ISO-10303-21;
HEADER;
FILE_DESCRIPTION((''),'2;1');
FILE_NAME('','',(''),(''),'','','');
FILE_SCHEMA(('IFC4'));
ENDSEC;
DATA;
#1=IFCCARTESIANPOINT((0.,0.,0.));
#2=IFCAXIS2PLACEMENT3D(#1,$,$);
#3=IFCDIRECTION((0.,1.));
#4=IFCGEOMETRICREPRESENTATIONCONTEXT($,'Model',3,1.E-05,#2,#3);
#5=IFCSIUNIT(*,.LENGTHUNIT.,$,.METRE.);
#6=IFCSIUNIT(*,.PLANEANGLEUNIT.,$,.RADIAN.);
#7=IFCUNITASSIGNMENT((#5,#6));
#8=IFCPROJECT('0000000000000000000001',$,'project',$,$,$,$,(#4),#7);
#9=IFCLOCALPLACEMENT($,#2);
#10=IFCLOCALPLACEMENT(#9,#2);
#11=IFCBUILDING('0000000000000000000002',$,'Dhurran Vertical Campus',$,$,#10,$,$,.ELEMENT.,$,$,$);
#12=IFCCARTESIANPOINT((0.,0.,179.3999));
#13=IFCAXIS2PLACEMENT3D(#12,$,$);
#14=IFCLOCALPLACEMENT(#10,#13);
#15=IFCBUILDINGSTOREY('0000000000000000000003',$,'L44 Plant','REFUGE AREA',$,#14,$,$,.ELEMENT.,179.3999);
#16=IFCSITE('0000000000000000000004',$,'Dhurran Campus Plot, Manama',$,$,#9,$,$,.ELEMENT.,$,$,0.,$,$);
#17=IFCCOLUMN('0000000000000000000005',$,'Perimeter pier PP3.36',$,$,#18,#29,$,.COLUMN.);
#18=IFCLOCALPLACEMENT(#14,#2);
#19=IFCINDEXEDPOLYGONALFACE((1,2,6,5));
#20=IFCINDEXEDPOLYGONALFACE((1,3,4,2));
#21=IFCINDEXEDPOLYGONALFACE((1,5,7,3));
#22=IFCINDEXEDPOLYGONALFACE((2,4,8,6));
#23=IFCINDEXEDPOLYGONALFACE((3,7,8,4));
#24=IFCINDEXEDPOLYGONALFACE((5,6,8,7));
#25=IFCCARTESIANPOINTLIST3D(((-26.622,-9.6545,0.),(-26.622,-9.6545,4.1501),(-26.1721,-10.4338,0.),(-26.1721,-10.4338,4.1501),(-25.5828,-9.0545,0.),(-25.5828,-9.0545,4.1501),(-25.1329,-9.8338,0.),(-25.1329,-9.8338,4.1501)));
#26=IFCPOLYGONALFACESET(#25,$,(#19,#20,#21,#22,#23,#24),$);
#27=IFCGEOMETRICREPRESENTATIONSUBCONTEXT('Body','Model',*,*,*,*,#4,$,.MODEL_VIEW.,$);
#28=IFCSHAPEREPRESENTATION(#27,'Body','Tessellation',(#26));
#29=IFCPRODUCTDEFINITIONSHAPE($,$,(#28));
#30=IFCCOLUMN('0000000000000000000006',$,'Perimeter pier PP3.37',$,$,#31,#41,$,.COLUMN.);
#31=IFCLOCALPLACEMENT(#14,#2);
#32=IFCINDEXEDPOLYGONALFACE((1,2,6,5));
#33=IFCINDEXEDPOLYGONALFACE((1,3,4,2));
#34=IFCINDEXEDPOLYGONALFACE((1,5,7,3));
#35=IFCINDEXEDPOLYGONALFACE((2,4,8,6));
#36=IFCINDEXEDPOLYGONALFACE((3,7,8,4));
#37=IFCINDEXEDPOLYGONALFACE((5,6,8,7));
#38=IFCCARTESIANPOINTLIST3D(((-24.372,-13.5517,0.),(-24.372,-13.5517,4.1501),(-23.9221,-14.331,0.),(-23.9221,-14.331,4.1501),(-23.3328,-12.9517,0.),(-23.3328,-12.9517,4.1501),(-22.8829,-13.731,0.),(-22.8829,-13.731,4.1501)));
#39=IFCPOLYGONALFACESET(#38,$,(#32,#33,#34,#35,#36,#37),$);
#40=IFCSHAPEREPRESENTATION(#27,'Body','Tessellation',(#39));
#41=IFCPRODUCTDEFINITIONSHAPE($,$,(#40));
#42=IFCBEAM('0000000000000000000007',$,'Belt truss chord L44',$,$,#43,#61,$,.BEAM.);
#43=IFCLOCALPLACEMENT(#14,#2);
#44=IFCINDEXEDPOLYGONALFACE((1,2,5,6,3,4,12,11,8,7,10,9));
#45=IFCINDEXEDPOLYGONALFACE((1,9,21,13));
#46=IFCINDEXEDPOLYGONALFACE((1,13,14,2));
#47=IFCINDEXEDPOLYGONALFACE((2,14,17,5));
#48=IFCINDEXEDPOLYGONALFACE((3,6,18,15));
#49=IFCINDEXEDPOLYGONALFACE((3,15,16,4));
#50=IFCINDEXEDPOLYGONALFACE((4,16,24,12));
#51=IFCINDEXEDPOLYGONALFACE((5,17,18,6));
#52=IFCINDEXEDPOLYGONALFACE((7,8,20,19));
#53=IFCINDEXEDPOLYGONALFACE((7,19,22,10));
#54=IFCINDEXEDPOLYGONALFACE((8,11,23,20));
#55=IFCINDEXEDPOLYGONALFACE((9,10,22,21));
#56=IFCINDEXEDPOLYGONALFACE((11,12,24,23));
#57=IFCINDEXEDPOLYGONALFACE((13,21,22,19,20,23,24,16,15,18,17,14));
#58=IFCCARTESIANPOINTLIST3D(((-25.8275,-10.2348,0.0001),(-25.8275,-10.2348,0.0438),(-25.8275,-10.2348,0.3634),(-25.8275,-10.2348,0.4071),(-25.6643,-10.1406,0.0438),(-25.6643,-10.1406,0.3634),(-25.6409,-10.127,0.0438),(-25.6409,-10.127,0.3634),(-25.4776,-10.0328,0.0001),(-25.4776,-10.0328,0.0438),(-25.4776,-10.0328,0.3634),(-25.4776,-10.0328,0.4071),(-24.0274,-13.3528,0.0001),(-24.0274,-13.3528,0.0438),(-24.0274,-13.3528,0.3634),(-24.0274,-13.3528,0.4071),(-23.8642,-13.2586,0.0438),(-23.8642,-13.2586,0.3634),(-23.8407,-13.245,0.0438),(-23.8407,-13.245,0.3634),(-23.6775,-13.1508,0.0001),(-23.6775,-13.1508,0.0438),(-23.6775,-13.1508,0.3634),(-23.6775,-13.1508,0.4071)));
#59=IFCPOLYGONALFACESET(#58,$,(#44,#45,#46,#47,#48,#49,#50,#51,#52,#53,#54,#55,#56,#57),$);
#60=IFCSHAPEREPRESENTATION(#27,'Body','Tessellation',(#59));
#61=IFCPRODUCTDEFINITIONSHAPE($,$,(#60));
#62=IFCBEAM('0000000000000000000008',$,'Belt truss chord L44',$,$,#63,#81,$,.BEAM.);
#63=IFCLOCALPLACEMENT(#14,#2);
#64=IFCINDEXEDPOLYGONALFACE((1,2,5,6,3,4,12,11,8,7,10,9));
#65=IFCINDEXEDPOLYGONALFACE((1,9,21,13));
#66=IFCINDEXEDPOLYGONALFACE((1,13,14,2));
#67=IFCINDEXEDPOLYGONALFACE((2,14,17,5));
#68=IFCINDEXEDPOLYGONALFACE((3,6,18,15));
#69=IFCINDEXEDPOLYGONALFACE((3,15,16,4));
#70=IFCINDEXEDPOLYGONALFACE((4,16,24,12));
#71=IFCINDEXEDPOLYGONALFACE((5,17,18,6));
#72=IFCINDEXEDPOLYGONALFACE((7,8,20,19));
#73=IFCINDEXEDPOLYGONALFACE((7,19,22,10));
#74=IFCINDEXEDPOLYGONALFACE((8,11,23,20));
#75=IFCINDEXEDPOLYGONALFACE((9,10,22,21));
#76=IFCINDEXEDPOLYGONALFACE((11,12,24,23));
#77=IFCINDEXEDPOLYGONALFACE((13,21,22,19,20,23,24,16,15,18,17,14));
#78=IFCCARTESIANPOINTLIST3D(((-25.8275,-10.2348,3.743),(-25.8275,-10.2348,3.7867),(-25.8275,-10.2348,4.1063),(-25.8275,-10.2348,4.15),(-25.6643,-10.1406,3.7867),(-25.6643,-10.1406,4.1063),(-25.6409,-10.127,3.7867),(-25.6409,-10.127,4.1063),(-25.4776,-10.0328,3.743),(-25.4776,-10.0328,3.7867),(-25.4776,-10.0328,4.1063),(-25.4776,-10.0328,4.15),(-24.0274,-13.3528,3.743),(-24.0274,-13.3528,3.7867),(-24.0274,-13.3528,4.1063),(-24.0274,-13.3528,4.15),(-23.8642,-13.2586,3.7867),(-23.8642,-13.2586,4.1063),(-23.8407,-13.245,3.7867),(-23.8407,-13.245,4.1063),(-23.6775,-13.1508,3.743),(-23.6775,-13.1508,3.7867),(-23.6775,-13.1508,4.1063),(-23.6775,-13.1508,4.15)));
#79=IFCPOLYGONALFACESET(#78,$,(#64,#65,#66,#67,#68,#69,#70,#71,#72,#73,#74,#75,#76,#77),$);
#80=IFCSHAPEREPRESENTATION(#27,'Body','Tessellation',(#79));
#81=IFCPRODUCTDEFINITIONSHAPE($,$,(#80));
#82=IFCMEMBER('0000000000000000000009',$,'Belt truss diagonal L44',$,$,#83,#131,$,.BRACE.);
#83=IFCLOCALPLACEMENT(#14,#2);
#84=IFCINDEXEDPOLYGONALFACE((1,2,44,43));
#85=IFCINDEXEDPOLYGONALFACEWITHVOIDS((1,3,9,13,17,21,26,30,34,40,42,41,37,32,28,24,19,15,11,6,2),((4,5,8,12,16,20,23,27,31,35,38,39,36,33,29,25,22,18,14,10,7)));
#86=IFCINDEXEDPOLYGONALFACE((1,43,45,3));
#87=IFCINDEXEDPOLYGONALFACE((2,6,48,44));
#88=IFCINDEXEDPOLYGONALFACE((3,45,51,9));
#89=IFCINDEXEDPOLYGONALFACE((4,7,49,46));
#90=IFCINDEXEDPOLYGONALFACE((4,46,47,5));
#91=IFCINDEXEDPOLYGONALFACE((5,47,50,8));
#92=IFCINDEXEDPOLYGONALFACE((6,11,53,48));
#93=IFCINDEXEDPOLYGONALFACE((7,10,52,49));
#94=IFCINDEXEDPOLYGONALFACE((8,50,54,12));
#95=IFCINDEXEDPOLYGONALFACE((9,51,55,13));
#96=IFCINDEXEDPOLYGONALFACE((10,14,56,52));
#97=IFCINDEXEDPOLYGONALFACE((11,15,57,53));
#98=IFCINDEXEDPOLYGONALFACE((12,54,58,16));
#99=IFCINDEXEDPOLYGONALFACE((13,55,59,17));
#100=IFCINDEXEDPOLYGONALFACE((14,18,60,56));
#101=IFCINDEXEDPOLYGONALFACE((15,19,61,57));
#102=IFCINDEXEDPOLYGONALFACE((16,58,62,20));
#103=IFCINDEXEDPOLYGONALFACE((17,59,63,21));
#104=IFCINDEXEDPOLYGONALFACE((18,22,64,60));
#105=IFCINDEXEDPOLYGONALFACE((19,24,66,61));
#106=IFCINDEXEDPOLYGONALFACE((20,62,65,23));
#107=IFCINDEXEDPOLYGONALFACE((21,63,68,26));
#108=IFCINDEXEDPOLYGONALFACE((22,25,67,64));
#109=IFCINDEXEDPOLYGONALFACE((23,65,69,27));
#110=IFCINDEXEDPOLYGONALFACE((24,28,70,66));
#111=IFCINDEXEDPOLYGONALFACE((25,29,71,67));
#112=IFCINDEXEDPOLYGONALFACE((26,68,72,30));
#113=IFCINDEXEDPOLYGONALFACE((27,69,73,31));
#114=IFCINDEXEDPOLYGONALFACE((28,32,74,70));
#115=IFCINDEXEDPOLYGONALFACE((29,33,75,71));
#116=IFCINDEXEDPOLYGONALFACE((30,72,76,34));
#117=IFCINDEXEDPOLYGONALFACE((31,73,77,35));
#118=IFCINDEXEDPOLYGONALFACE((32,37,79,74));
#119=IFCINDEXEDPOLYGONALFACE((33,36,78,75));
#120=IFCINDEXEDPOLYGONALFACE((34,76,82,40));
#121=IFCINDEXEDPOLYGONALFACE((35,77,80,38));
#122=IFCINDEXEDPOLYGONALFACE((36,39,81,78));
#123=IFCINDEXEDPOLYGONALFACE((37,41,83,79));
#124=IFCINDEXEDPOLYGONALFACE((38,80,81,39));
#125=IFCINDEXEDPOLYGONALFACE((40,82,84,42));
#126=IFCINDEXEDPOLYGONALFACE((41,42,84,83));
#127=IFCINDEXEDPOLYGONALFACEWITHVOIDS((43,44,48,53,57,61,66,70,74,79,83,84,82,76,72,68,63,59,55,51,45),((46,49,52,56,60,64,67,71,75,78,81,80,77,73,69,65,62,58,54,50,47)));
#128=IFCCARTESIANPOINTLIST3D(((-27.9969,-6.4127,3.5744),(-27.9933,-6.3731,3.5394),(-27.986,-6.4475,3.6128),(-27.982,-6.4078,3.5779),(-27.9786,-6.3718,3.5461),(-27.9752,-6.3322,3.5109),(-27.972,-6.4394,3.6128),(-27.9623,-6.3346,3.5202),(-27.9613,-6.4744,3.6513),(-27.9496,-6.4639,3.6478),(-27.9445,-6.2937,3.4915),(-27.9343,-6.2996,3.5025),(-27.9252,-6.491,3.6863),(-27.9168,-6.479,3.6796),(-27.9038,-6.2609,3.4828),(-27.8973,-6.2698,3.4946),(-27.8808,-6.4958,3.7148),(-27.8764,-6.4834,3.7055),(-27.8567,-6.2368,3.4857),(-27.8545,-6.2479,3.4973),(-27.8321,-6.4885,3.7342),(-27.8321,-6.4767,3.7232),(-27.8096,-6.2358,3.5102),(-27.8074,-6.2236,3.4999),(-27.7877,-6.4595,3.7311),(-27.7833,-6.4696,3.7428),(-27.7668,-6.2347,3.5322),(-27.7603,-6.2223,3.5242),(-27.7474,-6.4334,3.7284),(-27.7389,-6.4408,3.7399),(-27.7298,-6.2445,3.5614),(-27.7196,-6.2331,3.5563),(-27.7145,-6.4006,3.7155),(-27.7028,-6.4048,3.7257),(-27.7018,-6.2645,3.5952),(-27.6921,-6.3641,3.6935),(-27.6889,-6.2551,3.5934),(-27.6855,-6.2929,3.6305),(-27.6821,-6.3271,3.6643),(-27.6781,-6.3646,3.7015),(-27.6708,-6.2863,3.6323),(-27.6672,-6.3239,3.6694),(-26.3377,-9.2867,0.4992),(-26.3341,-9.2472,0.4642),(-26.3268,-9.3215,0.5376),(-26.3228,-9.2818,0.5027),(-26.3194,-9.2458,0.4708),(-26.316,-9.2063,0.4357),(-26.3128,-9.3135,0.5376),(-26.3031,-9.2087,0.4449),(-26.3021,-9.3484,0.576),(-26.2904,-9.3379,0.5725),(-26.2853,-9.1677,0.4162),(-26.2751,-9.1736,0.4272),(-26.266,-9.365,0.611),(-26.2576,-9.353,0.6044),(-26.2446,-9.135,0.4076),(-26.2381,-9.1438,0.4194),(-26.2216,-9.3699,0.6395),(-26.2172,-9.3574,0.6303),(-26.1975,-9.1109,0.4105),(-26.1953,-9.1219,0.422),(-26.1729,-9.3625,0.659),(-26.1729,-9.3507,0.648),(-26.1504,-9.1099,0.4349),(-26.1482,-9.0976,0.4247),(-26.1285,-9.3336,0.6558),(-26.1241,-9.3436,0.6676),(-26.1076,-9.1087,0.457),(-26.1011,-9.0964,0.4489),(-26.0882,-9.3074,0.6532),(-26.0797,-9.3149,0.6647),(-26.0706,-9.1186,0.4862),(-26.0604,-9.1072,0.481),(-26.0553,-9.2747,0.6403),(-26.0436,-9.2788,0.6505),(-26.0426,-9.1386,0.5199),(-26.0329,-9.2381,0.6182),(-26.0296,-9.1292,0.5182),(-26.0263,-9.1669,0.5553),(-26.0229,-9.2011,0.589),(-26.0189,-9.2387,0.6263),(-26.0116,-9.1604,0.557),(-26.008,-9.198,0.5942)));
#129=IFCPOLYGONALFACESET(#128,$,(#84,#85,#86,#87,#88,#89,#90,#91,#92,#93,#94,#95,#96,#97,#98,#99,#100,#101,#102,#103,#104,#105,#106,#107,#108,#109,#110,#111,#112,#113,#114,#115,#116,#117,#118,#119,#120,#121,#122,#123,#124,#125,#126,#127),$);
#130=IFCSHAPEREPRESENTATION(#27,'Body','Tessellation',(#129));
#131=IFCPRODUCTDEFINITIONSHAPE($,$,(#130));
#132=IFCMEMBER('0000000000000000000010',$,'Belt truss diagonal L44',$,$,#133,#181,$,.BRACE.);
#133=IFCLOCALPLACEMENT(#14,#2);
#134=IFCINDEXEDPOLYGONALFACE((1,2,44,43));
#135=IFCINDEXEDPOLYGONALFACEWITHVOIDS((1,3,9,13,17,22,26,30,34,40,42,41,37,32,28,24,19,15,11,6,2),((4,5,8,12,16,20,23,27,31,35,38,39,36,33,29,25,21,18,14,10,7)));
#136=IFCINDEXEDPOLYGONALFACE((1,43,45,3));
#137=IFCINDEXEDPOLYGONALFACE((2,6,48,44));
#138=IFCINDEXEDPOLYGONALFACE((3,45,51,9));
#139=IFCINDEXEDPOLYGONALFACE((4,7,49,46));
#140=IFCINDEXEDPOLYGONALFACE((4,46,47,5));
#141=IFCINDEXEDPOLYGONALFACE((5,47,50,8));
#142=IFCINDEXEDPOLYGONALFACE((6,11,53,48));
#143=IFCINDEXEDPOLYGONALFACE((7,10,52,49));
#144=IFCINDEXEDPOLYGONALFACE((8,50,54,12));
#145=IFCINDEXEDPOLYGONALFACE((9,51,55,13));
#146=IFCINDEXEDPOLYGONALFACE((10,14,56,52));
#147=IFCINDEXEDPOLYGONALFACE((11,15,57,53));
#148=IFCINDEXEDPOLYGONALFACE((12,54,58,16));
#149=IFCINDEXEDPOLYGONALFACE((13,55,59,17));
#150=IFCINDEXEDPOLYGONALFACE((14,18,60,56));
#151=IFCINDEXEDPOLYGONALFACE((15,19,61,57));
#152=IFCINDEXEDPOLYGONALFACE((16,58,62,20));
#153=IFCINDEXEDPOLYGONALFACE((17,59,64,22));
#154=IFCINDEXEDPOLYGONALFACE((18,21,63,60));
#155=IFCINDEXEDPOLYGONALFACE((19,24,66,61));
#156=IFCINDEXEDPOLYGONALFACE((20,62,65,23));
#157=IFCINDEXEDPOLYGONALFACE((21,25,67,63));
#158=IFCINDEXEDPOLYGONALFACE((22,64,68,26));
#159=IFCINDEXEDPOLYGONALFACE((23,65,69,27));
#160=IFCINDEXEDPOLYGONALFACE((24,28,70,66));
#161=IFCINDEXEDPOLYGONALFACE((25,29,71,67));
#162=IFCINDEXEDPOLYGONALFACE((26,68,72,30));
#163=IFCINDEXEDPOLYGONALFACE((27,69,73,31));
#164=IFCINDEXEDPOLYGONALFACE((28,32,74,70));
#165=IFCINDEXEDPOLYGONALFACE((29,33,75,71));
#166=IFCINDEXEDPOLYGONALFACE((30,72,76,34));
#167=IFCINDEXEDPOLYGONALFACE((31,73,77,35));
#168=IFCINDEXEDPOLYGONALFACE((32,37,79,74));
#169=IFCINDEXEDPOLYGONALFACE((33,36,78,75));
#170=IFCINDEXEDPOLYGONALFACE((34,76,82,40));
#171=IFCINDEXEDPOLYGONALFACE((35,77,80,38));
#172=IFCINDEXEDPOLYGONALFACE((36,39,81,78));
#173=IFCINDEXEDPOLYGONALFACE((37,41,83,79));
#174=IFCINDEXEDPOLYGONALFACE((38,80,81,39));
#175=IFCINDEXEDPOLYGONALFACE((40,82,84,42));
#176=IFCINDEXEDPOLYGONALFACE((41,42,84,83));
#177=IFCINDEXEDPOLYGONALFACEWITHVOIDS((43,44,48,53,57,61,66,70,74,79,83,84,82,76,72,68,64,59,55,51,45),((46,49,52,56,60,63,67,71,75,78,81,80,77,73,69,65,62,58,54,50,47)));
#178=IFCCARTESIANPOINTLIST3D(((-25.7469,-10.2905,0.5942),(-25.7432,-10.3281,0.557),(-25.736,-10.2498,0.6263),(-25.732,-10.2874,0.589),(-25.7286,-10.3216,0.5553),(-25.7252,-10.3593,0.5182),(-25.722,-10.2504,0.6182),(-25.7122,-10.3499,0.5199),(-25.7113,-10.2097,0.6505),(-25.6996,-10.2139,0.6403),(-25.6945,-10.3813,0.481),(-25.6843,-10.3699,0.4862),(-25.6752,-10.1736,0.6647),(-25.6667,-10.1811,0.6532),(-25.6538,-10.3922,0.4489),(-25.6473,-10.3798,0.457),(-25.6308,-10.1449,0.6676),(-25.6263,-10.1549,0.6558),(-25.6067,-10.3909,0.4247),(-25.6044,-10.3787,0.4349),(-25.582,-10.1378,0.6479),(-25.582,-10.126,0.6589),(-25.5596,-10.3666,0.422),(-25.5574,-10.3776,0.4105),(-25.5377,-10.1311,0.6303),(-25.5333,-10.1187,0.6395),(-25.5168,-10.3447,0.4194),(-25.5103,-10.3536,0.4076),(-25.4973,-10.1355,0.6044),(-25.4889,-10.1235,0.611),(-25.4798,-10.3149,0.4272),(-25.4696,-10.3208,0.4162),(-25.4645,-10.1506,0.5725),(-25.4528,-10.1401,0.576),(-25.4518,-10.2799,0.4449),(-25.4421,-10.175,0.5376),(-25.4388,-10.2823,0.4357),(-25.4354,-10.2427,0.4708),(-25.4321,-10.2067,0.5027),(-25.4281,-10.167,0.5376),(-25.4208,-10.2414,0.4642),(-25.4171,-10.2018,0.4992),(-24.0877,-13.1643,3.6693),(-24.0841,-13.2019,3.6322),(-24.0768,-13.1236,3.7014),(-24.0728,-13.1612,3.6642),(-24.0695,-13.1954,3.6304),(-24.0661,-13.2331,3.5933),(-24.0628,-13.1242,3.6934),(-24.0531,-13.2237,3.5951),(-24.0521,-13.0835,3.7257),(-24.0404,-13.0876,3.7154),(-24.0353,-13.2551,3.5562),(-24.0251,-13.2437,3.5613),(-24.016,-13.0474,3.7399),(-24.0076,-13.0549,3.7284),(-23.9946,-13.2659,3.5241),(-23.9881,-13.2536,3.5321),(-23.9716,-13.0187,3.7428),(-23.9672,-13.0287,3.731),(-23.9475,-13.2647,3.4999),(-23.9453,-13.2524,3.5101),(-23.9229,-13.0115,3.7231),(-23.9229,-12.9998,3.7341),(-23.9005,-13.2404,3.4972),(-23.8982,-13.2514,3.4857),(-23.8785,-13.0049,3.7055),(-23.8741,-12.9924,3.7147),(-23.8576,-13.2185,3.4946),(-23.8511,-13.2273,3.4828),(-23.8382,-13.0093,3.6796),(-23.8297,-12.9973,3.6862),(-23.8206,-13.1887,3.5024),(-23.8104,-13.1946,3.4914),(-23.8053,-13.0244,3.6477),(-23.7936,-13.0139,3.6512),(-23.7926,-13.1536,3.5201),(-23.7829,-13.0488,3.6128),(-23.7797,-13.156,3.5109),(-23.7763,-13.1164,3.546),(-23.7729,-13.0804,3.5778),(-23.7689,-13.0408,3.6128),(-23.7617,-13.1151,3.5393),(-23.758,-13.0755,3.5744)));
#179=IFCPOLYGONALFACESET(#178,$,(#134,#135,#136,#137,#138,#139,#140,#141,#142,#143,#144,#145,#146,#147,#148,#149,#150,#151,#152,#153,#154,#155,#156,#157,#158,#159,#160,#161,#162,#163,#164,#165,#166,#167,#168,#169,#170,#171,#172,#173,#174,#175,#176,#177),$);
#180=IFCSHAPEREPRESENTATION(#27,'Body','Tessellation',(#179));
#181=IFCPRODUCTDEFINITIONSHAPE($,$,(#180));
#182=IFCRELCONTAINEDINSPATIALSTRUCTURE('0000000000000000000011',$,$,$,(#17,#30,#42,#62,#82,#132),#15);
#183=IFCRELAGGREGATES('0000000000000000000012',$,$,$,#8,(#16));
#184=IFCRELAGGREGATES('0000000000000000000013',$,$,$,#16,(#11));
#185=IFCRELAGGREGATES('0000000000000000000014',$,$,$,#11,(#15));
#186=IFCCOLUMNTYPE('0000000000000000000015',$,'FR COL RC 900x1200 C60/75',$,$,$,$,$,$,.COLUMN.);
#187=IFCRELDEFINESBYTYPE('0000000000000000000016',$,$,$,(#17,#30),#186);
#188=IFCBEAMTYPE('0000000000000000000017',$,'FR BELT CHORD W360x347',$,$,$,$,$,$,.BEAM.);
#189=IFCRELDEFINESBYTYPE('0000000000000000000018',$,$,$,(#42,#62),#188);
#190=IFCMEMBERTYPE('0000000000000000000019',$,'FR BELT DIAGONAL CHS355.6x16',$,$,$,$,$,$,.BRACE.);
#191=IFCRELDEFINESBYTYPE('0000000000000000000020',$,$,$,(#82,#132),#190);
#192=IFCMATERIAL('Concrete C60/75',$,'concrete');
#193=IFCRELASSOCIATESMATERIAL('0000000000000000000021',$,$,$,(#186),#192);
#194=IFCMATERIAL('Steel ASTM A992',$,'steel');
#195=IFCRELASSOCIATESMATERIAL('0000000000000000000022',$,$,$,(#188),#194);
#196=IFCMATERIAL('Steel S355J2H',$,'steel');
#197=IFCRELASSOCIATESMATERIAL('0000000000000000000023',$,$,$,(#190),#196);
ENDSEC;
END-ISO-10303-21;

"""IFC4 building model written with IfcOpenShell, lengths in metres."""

from ifc_helpers import new_model, si_unit, direction, frame, origin, origin_2d, place, context, subcontext, project, spatial, rectangle, hollow_circle, i_section, extrude, material, material_profile, profile_set, type_object, element, save


model = new_model("IFC4")

# Units and contexts
model_context = context("Model", 3, precision=1e-05, world=origin(), true_north=direction((0.0, 1.0)))
body_context = subcontext(model_context, "Body", "Model", "MODEL_VIEW")
ifc_project = project(units=[si_unit("LENGTHUNIT", "METRE"), si_unit("PLANEANGLEUNIT", "RADIAN")], contexts=[model_context])

# Site, building, storey
site_placement = place(None, origin())
site = spatial("IfcSite", under=ifc_project, at=site_placement, Name="Dhurran Campus Plot, Manama", CompositionType="ELEMENT", RefElevation=0.0)
building_placement = place(site_placement, origin())
building = spatial("IfcBuilding", under=site, at=building_placement, Name="Dhurran Vertical Campus", CompositionType="ELEMENT")
storey_placement = place(building_placement, frame((0.0, 0.0, 179.3999)))
storey = spatial("IfcBuildingStorey", under=building, at=storey_placement, Name="L44 Plant", Description="REFUGE AREA", CompositionType="ELEMENT", Elevation=179.3999)

# Columns
ifc_material_1 = material(Name="Concrete C60/75", Category="concrete")
ifc_material_profile_1 = material_profile(ifc_material_1, rectangle(XDim=0.8999, YDim=1.2, at=origin_2d()), Name="RC 900x1200")
ifc_profile_set_1 = profile_set([ifc_material_profile_1], Name="Concrete C60/75")
column_type = type_object("IfcColumnType", Name="FR COL RC 900x1200 C60/75", PredefinedType="COLUMN", material=ifc_profile_set_1)
for number, where, z_axis, x_axis, name in (
    (1, (-25.8774, -9.7441, 0.0), (0.0, 0.0, 1.0), (0.5, -0.866025, 0.0), "Perimeter pier PP3.36"),
    (2, (-23.6274, -13.6414, 0.0), (0.0, 0.0, 1.0), (0.5, -0.866025, 0.0), "Perimeter pier PP3.37"),
):
    element("IfcColumn", number, at=place(storey_placement, frame(where, z_axis=z_axis, x_axis=x_axis)), inside=storey, type_object=column_type, Name=name, PredefinedType="COLUMN", context=body_context, shape_type="SweptSolid", body=[
        extrude(rectangle(XDim=0.8999, YDim=1.2, at=origin_2d()), origin(), (0.0, 0.0, 1.0), 4.1501),
    ])

# Beams
ifc_material_2 = material(Name="Steel ASTM A992", Category="steel")
ifc_material_profile_2 = material_profile(ifc_material_2, i_section(OverallWidth=0.4041, OverallDepth=0.407, WebThickness=0.0271, FlangeThickness=0.0437, at=origin_2d()), Name="W360x347")
ifc_profile_set_2 = profile_set([ifc_material_profile_2], Name="Steel ASTM A992")
beam_type = type_object("IfcBeamType", Name="FR BELT CHORD W360x347", PredefinedType="BEAM", material=ifc_profile_set_2)
for number, where, z_axis, x_axis, name in (
    (3, (-25.6526, -10.1338, 0.2036), (0.499983, -0.866035, 0.0), (0.866035, 0.499983, 0.0), "Belt truss chord L44"),
    (4, (-25.6526, -10.1338, 3.9465), (0.499983, -0.866035, 0.0), (0.866035, 0.499983, 0.0), "Belt truss chord L44"),
):
    element("IfcBeam", number, at=place(storey_placement, frame(where, z_axis=z_axis, x_axis=x_axis)), inside=storey, type_object=beam_type, Name=name, PredefinedType="BEAM", context=body_context, shape_type="SweptSolid", body=[
        extrude(i_section(OverallWidth=0.4041, OverallDepth=0.407, WebThickness=0.0271, FlangeThickness=0.0437, at=origin_2d()), origin(), (0.0, 0.0, 1.0), 3.6003),
    ])

# Members
ifc_material_3 = material(Name="Steel S355J2H", Category="steel")
ifc_material_profile_3 = material_profile(ifc_material_3, hollow_circle(Radius=0.1777, WallThickness=0.0161, at=origin_2d()), Name="CHS355.6x16")
ifc_profile_set_3 = profile_set([ifc_material_profile_3], Name="Steel S355J2H")
member_type = type_object("IfcMemberType", Name="FR BELT DIAGONAL CHS355.6x16", PredefinedType="BRACE", material=ifc_profile_set_3)
member_1_placement = place(storey_placement, frame((-26.1729, -9.2327, 0.5376), z_axis=(-0.366722, 0.635235, 0.679699), x_axis=(-0.866043, -0.499969, 0.0)))
element("IfcMember", 5, at=member_1_placement, inside=storey, type_object=member_type, Name="Belt truss diagonal L44", PredefinedType="BRACE", context=body_context, shape_type="SweptSolid", body=[
    extrude(hollow_circle(Radius=0.1777, WallThickness=0.0161, at=origin_2d()), origin(), (0.0, 0.0, 1.0), 4.5244),
])
member_2_placement = place(storey_placement, frame((-25.582, -10.2559, 0.5376), z_axis=(0.366735, -0.635203, 0.679723), x_axis=(0.866025, 0.500001, 0.0)))
element("IfcMember", 6, at=member_2_placement, inside=storey, type_object=member_type, Name="Belt truss diagonal L44", PredefinedType="BRACE", context=body_context, shape_type="SweptSolid", body=[
    extrude(hollow_circle(Radius=0.1777, WallThickness=0.0161, at=origin_2d()), origin(), (0.0, 0.0, 1.0), 4.5242),
])

save(model, "model.ifc")
